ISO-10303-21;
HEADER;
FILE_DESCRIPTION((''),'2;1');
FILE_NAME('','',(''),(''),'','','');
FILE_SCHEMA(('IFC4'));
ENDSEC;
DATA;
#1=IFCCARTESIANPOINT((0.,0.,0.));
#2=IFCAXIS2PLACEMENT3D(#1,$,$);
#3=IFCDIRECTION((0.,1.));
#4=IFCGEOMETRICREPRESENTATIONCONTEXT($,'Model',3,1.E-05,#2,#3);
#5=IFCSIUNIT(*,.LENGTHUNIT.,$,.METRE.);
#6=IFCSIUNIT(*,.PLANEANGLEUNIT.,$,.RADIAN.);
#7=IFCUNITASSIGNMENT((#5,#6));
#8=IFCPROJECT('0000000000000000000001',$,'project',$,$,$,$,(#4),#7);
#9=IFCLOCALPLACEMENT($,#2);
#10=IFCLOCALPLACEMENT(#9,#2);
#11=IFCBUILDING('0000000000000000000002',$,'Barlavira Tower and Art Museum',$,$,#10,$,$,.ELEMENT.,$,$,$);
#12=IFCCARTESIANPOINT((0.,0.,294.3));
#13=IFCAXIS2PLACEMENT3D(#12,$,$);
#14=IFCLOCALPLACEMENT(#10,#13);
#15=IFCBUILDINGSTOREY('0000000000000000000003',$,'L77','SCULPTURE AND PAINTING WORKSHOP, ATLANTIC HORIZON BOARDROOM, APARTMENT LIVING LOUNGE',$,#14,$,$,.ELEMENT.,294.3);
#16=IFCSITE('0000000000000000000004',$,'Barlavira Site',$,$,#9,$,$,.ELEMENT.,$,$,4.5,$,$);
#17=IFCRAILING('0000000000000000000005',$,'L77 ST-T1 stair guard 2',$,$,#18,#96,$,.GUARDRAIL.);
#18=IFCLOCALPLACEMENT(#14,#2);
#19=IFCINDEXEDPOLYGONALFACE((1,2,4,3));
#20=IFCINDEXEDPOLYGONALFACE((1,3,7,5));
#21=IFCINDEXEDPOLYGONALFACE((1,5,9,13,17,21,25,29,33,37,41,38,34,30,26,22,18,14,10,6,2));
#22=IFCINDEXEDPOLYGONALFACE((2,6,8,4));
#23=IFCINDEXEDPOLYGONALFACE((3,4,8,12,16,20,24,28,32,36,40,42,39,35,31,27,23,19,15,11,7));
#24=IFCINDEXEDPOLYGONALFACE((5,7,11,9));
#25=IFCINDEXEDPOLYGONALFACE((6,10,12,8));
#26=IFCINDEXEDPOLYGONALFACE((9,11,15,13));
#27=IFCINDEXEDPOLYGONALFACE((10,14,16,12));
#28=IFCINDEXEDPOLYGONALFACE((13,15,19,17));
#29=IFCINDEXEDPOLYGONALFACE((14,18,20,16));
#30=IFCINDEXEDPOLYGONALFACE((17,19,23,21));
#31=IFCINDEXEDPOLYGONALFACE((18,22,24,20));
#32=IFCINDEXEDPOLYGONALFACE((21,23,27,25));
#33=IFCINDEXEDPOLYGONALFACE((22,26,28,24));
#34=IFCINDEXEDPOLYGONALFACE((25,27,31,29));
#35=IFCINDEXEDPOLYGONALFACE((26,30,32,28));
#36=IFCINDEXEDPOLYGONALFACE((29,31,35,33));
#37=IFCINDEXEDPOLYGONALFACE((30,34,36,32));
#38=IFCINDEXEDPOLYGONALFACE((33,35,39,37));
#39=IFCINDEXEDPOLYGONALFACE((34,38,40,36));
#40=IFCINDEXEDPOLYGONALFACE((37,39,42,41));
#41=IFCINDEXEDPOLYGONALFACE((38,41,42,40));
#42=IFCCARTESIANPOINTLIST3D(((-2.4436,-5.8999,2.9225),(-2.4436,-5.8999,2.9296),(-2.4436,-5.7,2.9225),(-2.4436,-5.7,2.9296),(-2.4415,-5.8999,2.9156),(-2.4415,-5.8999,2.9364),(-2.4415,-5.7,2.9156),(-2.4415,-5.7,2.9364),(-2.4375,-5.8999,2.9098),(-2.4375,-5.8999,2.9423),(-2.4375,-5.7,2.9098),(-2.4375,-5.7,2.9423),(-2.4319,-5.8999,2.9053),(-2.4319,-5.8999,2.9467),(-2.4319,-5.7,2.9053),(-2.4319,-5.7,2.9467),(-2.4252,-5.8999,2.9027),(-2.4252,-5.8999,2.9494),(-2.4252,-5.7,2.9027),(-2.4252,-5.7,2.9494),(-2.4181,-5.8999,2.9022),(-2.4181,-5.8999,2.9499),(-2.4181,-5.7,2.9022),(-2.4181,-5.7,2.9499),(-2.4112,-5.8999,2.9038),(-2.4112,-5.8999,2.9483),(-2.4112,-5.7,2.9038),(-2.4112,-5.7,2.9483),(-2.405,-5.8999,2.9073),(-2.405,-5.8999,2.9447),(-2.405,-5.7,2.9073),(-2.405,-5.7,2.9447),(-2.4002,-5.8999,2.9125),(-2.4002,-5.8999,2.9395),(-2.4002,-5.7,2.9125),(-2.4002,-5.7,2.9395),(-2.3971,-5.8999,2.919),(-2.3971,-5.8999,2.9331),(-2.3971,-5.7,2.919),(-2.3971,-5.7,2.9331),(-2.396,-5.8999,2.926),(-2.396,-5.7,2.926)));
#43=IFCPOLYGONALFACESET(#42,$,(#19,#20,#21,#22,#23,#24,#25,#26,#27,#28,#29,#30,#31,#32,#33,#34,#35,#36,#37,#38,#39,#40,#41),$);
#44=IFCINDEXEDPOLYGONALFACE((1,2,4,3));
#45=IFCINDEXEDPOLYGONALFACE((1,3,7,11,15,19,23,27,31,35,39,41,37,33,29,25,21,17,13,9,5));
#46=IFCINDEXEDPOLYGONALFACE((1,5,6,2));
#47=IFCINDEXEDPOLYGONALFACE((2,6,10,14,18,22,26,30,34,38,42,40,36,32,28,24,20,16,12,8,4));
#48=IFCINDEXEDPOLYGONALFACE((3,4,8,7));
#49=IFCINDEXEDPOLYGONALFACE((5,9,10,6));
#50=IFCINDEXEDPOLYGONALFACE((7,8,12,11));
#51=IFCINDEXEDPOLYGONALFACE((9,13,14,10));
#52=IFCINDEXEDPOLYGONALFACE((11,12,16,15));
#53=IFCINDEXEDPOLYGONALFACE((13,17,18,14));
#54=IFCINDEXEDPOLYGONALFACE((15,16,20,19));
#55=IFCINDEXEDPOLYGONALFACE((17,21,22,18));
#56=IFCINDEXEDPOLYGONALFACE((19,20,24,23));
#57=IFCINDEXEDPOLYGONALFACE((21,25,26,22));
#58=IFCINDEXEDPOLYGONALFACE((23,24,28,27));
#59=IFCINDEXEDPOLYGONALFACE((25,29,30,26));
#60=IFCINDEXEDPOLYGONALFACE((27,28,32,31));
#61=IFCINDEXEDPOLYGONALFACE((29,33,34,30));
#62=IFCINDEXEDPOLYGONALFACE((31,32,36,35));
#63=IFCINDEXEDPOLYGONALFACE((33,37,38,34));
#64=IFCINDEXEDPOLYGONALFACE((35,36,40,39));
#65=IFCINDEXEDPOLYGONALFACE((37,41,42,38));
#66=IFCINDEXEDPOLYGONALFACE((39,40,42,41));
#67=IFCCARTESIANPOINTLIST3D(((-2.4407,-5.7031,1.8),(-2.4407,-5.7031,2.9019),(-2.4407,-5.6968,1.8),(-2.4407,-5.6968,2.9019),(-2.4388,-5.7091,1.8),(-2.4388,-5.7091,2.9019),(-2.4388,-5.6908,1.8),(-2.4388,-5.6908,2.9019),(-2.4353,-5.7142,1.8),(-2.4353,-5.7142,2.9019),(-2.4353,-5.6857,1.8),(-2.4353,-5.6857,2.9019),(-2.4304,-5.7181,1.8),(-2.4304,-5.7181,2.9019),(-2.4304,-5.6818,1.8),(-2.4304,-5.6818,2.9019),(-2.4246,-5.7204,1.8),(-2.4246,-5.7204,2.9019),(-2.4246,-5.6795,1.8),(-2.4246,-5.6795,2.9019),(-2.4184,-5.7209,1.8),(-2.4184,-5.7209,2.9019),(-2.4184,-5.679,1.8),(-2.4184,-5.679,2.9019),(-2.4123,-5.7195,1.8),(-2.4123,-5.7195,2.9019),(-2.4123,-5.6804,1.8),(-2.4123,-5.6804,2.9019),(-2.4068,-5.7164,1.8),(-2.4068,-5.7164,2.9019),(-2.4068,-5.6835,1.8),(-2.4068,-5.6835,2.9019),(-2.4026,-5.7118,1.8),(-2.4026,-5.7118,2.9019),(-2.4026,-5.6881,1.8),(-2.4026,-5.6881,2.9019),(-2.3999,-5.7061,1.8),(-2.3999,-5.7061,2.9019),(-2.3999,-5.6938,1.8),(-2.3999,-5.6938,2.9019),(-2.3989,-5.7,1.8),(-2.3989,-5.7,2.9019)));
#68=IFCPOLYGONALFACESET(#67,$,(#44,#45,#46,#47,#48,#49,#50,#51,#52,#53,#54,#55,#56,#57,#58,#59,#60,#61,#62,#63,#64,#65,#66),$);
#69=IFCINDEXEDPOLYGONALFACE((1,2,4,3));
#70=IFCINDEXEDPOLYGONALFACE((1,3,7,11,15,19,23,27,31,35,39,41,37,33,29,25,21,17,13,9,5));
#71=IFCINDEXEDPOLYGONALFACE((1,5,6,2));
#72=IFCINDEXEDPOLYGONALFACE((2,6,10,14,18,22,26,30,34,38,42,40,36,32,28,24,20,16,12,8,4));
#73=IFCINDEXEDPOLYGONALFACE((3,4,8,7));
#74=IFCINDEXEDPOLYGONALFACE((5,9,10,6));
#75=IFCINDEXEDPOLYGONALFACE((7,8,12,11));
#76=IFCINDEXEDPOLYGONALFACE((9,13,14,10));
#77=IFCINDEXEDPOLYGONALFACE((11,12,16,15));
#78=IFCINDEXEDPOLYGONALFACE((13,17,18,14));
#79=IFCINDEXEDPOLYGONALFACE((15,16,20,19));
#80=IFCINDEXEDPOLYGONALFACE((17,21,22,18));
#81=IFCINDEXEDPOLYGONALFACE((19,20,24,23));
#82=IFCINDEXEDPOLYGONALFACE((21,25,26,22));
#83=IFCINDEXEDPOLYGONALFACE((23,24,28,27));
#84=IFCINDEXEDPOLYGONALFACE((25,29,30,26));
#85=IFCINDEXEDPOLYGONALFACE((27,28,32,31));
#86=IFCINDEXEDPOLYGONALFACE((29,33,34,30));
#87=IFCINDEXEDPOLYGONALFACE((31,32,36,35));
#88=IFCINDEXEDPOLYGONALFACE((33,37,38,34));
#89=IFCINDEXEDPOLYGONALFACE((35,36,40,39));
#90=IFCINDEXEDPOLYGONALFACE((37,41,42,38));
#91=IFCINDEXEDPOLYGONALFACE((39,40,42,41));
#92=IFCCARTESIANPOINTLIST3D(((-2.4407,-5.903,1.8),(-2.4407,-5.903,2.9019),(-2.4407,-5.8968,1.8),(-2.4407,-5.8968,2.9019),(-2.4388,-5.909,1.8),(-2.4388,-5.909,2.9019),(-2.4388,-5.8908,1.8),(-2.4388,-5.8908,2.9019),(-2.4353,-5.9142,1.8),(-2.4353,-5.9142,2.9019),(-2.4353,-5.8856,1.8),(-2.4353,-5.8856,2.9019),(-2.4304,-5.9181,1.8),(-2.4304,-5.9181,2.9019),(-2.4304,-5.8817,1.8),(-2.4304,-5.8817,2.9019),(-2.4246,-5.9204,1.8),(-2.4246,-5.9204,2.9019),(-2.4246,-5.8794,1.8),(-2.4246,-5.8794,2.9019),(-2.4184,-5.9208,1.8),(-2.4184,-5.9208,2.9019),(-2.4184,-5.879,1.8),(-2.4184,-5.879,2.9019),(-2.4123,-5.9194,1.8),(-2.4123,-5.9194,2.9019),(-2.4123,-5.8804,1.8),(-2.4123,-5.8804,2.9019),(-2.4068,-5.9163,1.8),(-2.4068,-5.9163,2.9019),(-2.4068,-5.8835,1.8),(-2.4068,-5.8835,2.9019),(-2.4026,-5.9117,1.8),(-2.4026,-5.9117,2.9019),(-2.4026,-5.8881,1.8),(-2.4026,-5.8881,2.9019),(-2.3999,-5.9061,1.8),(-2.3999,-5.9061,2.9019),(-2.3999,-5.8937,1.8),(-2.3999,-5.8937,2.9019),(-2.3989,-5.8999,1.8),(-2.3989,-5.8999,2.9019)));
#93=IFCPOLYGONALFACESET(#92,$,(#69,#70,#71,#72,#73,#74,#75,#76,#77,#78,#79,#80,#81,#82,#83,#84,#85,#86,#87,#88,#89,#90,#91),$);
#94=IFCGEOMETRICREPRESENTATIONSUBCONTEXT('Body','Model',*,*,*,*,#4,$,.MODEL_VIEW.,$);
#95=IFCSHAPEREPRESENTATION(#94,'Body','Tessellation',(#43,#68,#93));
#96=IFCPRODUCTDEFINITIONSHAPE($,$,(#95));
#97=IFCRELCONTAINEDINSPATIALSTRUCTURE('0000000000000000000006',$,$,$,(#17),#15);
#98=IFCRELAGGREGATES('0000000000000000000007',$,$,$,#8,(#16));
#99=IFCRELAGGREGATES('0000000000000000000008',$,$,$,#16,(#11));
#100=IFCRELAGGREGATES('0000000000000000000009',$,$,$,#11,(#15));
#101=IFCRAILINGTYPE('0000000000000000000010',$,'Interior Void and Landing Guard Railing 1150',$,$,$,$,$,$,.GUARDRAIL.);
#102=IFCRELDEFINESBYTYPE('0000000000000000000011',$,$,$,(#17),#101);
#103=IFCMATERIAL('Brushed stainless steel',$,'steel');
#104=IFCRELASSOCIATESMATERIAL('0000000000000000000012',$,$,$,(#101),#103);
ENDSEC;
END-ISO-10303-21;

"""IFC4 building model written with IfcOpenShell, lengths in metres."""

from ifc_helpers import new_model, si_unit, direction, frame, origin, origin_2d, place, context, subcontext, project, spatial, circle, extrude, material, type_object, element, save


model = new_model("IFC4")

# Units and contexts
model_context = context("Model", 3, precision=1e-05, world=origin(), true_north=direction((0.0, 1.0)))
body_context = subcontext(model_context, "Body", "Model", "MODEL_VIEW")
ifc_project = project(units=[si_unit("LENGTHUNIT", "METRE"), si_unit("PLANEANGLEUNIT", "RADIAN")], contexts=[model_context])

# Site, building, storey
site_placement = place(None, origin())
site = spatial("IfcSite", under=ifc_project, at=site_placement, Name="Barlavira Site", CompositionType="ELEMENT", RefElevation=4.5)
building_placement = place(site_placement, origin())
building = spatial("IfcBuilding", under=site, at=building_placement, Name="Barlavira Tower and Art Museum", CompositionType="ELEMENT")
storey_placement = place(building_placement, frame((0.0, 0.0, 294.3)))
storey = spatial("IfcBuildingStorey", under=building, at=storey_placement, Name="L77", Description="SCULPTURE AND PAINTING WORKSHOP, ATLANTIC HORIZON BOARDROOM, APARTMENT LIVING LOUNGE", CompositionType="ELEMENT", Elevation=294.3)

# Shared definitions
ifc_material_1 = material(Name="Brushed stainless steel", Category="steel")

# Railing
railing_type_1 = type_object("IfcRailingType", Name="Interior Void and Landing Guard Railing 1150", PredefinedType="GUARDRAIL", material=ifc_material_1)
railing_1_placement = place(storey_placement, frame((-2.4199, -5.7, 1.8)))
element("IfcRailing", 1, at=railing_1_placement, inside=storey, type_object=railing_type_1, Name="L77 ST-T1 stair guard 2", PredefinedType="GUARDRAIL", context=body_context, shape_type="SweptSolid", body=[
    extrude(circle(Radius=0.0239, at=origin_2d()), frame((0.0, 0.0, 1.126), z_axis=(0.0, -1.0, 0.0), x_axis=(1.0, 0.0, 0.0)), (0.0, 0.0, 1.0), 0.2),
    extrude(circle(Radius=0.021, at=origin_2d()), origin(), (0.0, 0.0, 1.0), 1.1018),
    extrude(circle(Radius=0.021, at=origin_2d()), frame((0.0, -0.2, 0.0)), (0.0, 0.0, 1.0), 1.1018),
])

save(model, "model.ifc")
